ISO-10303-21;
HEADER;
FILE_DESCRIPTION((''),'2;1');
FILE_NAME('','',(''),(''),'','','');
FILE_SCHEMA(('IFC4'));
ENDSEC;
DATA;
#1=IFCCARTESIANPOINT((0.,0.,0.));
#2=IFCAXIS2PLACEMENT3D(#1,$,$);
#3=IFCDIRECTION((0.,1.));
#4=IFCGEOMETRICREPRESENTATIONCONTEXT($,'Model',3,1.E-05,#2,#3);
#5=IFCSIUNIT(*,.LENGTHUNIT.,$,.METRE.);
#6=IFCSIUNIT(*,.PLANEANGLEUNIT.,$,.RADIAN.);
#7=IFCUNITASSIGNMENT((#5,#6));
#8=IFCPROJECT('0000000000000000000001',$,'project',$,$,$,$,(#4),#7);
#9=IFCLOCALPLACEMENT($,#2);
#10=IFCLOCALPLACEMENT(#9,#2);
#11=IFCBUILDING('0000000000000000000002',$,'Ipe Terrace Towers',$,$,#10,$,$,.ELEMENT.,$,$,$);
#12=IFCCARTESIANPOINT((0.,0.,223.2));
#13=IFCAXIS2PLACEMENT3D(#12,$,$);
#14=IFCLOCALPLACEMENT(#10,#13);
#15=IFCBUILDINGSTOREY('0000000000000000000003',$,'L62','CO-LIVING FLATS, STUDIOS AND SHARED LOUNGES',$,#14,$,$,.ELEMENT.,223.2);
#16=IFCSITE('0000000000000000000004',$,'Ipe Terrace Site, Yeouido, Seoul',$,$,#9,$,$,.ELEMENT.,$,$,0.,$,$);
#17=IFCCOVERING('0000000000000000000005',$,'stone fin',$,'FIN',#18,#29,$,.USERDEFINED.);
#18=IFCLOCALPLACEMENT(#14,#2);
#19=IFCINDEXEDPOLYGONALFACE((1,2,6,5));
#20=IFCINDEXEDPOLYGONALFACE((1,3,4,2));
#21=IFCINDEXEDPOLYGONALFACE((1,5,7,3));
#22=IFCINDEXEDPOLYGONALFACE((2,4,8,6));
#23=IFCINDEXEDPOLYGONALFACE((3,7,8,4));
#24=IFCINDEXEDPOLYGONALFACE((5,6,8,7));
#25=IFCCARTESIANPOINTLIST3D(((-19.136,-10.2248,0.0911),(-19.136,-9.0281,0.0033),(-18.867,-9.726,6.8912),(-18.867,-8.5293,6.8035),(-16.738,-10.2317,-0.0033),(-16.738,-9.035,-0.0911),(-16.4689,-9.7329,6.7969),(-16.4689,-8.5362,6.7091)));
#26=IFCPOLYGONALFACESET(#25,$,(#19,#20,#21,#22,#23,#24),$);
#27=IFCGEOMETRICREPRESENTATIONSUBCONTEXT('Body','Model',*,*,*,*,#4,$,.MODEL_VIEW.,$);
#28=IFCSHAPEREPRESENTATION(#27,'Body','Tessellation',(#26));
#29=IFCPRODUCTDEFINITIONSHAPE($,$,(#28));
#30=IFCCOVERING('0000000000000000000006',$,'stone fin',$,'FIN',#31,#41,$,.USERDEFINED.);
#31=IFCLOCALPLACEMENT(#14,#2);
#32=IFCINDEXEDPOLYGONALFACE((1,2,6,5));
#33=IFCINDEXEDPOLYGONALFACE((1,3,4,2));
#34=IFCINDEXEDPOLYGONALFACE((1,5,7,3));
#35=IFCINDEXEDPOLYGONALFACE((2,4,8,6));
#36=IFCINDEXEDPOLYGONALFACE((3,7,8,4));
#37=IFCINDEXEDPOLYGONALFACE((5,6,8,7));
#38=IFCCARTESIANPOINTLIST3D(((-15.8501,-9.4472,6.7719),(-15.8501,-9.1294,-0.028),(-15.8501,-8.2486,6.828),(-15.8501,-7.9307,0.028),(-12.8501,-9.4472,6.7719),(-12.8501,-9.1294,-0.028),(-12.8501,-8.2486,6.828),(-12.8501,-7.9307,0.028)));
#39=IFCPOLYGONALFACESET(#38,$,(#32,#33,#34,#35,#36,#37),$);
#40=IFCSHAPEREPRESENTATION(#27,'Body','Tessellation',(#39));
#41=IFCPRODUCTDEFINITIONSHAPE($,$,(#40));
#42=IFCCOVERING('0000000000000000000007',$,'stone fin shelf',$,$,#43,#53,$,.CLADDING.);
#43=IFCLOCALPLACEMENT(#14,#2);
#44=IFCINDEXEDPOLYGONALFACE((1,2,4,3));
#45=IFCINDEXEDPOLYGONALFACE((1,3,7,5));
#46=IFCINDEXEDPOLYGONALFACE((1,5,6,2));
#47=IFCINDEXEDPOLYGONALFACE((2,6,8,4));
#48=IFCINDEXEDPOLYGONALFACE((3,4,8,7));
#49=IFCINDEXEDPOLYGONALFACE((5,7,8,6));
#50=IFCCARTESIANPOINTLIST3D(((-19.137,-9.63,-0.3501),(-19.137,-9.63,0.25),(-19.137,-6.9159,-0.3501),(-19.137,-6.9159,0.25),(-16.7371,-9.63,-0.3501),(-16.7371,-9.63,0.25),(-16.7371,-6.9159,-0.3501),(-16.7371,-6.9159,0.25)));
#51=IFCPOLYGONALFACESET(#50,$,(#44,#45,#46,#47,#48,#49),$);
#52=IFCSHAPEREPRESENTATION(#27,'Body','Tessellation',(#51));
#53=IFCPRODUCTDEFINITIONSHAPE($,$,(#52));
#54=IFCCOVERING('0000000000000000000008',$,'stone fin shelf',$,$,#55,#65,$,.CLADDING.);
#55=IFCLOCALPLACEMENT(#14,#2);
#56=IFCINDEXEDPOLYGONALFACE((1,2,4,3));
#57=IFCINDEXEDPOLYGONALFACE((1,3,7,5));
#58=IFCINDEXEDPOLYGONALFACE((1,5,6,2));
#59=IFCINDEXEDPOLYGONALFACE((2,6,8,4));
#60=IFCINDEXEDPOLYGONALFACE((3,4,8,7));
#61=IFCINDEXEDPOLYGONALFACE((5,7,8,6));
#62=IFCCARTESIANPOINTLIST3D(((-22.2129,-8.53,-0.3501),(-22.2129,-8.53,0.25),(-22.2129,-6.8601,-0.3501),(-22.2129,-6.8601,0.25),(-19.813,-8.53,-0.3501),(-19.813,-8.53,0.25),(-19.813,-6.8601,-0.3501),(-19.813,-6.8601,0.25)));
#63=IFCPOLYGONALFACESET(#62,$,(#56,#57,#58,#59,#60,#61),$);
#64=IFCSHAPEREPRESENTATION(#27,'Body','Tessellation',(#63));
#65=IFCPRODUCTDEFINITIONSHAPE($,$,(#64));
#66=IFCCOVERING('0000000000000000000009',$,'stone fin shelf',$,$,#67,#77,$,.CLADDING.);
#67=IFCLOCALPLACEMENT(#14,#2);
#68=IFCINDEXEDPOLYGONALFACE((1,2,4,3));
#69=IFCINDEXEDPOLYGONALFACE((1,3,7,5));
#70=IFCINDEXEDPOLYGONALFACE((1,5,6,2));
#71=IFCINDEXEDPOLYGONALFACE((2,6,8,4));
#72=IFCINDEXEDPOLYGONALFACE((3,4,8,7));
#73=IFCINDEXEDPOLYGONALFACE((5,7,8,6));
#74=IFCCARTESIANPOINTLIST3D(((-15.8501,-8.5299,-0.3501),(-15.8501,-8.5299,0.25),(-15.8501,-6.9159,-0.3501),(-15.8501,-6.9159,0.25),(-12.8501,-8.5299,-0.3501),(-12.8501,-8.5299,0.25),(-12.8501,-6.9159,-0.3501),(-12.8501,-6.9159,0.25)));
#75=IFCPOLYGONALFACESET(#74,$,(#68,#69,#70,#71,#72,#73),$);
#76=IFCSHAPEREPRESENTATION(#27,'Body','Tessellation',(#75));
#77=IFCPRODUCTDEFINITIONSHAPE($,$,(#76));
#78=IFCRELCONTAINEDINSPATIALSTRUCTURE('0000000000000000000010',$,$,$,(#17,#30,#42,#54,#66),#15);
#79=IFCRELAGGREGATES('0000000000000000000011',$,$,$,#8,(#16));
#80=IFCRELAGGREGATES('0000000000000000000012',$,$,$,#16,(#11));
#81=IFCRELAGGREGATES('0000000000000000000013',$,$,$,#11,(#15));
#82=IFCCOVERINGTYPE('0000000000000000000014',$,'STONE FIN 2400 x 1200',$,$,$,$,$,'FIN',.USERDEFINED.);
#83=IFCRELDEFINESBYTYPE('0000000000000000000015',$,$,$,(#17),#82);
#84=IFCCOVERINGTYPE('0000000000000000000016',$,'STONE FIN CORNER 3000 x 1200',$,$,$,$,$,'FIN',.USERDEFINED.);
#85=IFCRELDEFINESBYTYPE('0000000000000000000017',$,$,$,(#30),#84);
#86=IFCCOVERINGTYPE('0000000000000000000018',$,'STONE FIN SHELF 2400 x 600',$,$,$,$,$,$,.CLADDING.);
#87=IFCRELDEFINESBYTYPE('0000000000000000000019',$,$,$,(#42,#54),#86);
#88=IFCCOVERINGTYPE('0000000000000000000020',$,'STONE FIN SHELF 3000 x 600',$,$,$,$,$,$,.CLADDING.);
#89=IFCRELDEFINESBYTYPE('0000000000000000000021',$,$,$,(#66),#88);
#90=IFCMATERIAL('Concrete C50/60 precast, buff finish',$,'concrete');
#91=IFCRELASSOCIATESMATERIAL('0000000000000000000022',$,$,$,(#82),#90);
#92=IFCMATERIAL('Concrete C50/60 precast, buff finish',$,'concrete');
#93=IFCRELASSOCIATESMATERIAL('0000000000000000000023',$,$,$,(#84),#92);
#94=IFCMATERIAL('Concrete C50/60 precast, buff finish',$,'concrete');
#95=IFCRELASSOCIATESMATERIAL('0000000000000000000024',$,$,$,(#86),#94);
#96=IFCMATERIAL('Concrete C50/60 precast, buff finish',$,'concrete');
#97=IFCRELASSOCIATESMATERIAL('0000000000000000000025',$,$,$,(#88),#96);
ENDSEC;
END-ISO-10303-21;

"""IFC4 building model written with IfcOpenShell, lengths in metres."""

from ifc_helpers import new_model, si_unit, direction, frame, origin, origin_2d, place, context, subcontext, project, spatial, rectangle, extrude, material, material_profile, profile_set, type_object, element, save


model = new_model("IFC4")

# Units and contexts
model_context = context("Model", 3, precision=1e-05, world=origin(), true_north=direction((0.0, 1.0)))
body_context = subcontext(model_context, "Body", "Model", "MODEL_VIEW")
ifc_project = project(units=[si_unit("LENGTHUNIT", "METRE"), si_unit("PLANEANGLEUNIT", "RADIAN")], contexts=[model_context])

# Site, building, storey
site_placement = place(None, origin())
site = spatial("IfcSite", under=ifc_project, at=site_placement, Name="Ipe Terrace Site, Yeouido, Seoul", CompositionType="ELEMENT", RefElevation=0.0)
building_placement = place(site_placement, origin())
building = spatial("IfcBuilding", under=site, at=building_placement, Name="Ipe Terrace Towers", CompositionType="ELEMENT")
storey_placement = place(building_placement, frame((0.0, 0.0, 223.2)))
storey = spatial("IfcBuildingStorey", under=building, at=storey_placement, Name="L62", Description="CO-LIVING FLATS, STUDIOS AND SHARED LOUNGES", CompositionType="ELEMENT", Elevation=223.2)

# Coverings
ifc_material_1 = material(Name="Concrete C50/60 precast, buff finish", Category="concrete")
ifc_material_profile_1 = material_profile(ifc_material_1, rectangle(XDim=2.3999, YDim=1.2, at=origin_2d()), Name="STONE FIN 2400 x 1200")
ifc_profile_set_1 = profile_set([ifc_material_profile_1], Name="Concrete C50/60 precast, buff finish")
covering_type_1 = type_object("IfcCoveringType", Name="STONE FIN 2400 x 1200", ElementType="FIN", PredefinedType="USERDEFINED", material=ifc_profile_set_1)
covering_1_placement = place(storey_placement, frame((-17.937, -9.6299, 0.0), z_axis=(0.039428, 0.073096, 0.996545), x_axis=(0.999222, -0.002884, -0.039323)))
element("IfcCovering", 1, at=covering_1_placement, inside=storey, type_object=covering_type_1, Name="stone fin", ObjectType="FIN", PredefinedType="USERDEFINED", context=body_context, shape_type="SweptSolid", body=[
    extrude(rectangle(XDim=2.3999, YDim=1.2, at=origin_2d()), origin(), (0.0, 0.0, 1.0), 6.8237),
])
ifc_material_2 = material(Name="Concrete C50/60 precast, buff finish", Category="concrete")
ifc_material_profile_2 = material_profile(ifc_material_2, rectangle(XDim=3.0, YDim=1.2, at=origin_2d()), Name="STONE FIN CORNER 3000 x 1200")
ifc_profile_set_2 = profile_set([ifc_material_profile_2], Name="Concrete C50/60 precast, buff finish")
covering_type_2 = type_object("IfcCoveringType", Name="STONE FIN CORNER 3000 x 1200", ElementType="FIN", PredefinedType="USERDEFINED", material=ifc_profile_set_2)
covering_2_placement = place(storey_placement, frame((-14.3501, -8.53, 0.0), z_axis=(0.0, -0.046694, 0.998909), x_axis=(1.0, 0.0, 0.0)))
element("IfcCovering", 2, at=covering_2_placement, inside=storey, type_object=covering_type_2, Name="stone fin", ObjectType="FIN", PredefinedType="USERDEFINED", context=body_context, shape_type="SweptSolid", body=[
    extrude(rectangle(XDim=3.0, YDim=1.2, at=origin_2d()), origin(), (0.0, 0.0, 1.0), 6.8074),
])
ifc_material_3 = material(Name="Concrete C50/60 precast, buff finish", Category="concrete")
covering_type_3 = type_object("IfcCoveringType", Name="STONE FIN SHELF 2400 x 600", PredefinedType="CLADDING", material=ifc_material_3)
covering_3_placement = place(storey_placement, frame((-17.937, -8.2729, -0.3501), z_axis=(0.0, 0.0, 1.0), x_axis=(1.0, 0.0, 0.0)))
element("IfcCovering", 3, at=covering_3_placement, inside=storey, type_object=covering_type_3, Name="stone fin shelf", PredefinedType="CLADDING", context=body_context, shape_type="SweptSolid", body=[
    extrude(rectangle(XDim=2.3999, YDim=2.7141, at=origin_2d()), origin(), (0.0, 0.0, 1.0), 0.6001),
])
covering_4_placement = place(storey_placement, frame((-21.0129, -7.6951, -0.3501), z_axis=(0.0, 0.0, 1.0), x_axis=(1.0, 0.0, 0.0)))
element("IfcCovering", 4, at=covering_4_placement, inside=storey, type_object=covering_type_3, Name="stone fin shelf", PredefinedType="CLADDING", context=body_context, shape_type="SweptSolid", body=[
    extrude(rectangle(XDim=2.3999, YDim=1.6699, at=origin_2d()), origin(), (0.0, 0.0, 1.0), 0.6001),
])
ifc_material_4 = material(Name="Concrete C50/60 precast, buff finish", Category="concrete")
covering_type_4 = type_object("IfcCoveringType", Name="STONE FIN SHELF 3000 x 600", PredefinedType="CLADDING", material=ifc_material_4)
covering_5_placement = place(storey_placement, frame((-14.3501, -7.7229, -0.3501), z_axis=(0.0, 0.0, 1.0), x_axis=(1.0, 0.0, 0.0)))
element("IfcCovering", 5, at=covering_5_placement, inside=storey, type_object=covering_type_4, Name="stone fin shelf", PredefinedType="CLADDING", context=body_context, shape_type="SweptSolid", body=[
    extrude(rectangle(XDim=3.0, YDim=1.614, at=origin_2d()), origin(), (0.0, 0.0, 1.0), 0.6001),
])

save(model, "model.ifc")
